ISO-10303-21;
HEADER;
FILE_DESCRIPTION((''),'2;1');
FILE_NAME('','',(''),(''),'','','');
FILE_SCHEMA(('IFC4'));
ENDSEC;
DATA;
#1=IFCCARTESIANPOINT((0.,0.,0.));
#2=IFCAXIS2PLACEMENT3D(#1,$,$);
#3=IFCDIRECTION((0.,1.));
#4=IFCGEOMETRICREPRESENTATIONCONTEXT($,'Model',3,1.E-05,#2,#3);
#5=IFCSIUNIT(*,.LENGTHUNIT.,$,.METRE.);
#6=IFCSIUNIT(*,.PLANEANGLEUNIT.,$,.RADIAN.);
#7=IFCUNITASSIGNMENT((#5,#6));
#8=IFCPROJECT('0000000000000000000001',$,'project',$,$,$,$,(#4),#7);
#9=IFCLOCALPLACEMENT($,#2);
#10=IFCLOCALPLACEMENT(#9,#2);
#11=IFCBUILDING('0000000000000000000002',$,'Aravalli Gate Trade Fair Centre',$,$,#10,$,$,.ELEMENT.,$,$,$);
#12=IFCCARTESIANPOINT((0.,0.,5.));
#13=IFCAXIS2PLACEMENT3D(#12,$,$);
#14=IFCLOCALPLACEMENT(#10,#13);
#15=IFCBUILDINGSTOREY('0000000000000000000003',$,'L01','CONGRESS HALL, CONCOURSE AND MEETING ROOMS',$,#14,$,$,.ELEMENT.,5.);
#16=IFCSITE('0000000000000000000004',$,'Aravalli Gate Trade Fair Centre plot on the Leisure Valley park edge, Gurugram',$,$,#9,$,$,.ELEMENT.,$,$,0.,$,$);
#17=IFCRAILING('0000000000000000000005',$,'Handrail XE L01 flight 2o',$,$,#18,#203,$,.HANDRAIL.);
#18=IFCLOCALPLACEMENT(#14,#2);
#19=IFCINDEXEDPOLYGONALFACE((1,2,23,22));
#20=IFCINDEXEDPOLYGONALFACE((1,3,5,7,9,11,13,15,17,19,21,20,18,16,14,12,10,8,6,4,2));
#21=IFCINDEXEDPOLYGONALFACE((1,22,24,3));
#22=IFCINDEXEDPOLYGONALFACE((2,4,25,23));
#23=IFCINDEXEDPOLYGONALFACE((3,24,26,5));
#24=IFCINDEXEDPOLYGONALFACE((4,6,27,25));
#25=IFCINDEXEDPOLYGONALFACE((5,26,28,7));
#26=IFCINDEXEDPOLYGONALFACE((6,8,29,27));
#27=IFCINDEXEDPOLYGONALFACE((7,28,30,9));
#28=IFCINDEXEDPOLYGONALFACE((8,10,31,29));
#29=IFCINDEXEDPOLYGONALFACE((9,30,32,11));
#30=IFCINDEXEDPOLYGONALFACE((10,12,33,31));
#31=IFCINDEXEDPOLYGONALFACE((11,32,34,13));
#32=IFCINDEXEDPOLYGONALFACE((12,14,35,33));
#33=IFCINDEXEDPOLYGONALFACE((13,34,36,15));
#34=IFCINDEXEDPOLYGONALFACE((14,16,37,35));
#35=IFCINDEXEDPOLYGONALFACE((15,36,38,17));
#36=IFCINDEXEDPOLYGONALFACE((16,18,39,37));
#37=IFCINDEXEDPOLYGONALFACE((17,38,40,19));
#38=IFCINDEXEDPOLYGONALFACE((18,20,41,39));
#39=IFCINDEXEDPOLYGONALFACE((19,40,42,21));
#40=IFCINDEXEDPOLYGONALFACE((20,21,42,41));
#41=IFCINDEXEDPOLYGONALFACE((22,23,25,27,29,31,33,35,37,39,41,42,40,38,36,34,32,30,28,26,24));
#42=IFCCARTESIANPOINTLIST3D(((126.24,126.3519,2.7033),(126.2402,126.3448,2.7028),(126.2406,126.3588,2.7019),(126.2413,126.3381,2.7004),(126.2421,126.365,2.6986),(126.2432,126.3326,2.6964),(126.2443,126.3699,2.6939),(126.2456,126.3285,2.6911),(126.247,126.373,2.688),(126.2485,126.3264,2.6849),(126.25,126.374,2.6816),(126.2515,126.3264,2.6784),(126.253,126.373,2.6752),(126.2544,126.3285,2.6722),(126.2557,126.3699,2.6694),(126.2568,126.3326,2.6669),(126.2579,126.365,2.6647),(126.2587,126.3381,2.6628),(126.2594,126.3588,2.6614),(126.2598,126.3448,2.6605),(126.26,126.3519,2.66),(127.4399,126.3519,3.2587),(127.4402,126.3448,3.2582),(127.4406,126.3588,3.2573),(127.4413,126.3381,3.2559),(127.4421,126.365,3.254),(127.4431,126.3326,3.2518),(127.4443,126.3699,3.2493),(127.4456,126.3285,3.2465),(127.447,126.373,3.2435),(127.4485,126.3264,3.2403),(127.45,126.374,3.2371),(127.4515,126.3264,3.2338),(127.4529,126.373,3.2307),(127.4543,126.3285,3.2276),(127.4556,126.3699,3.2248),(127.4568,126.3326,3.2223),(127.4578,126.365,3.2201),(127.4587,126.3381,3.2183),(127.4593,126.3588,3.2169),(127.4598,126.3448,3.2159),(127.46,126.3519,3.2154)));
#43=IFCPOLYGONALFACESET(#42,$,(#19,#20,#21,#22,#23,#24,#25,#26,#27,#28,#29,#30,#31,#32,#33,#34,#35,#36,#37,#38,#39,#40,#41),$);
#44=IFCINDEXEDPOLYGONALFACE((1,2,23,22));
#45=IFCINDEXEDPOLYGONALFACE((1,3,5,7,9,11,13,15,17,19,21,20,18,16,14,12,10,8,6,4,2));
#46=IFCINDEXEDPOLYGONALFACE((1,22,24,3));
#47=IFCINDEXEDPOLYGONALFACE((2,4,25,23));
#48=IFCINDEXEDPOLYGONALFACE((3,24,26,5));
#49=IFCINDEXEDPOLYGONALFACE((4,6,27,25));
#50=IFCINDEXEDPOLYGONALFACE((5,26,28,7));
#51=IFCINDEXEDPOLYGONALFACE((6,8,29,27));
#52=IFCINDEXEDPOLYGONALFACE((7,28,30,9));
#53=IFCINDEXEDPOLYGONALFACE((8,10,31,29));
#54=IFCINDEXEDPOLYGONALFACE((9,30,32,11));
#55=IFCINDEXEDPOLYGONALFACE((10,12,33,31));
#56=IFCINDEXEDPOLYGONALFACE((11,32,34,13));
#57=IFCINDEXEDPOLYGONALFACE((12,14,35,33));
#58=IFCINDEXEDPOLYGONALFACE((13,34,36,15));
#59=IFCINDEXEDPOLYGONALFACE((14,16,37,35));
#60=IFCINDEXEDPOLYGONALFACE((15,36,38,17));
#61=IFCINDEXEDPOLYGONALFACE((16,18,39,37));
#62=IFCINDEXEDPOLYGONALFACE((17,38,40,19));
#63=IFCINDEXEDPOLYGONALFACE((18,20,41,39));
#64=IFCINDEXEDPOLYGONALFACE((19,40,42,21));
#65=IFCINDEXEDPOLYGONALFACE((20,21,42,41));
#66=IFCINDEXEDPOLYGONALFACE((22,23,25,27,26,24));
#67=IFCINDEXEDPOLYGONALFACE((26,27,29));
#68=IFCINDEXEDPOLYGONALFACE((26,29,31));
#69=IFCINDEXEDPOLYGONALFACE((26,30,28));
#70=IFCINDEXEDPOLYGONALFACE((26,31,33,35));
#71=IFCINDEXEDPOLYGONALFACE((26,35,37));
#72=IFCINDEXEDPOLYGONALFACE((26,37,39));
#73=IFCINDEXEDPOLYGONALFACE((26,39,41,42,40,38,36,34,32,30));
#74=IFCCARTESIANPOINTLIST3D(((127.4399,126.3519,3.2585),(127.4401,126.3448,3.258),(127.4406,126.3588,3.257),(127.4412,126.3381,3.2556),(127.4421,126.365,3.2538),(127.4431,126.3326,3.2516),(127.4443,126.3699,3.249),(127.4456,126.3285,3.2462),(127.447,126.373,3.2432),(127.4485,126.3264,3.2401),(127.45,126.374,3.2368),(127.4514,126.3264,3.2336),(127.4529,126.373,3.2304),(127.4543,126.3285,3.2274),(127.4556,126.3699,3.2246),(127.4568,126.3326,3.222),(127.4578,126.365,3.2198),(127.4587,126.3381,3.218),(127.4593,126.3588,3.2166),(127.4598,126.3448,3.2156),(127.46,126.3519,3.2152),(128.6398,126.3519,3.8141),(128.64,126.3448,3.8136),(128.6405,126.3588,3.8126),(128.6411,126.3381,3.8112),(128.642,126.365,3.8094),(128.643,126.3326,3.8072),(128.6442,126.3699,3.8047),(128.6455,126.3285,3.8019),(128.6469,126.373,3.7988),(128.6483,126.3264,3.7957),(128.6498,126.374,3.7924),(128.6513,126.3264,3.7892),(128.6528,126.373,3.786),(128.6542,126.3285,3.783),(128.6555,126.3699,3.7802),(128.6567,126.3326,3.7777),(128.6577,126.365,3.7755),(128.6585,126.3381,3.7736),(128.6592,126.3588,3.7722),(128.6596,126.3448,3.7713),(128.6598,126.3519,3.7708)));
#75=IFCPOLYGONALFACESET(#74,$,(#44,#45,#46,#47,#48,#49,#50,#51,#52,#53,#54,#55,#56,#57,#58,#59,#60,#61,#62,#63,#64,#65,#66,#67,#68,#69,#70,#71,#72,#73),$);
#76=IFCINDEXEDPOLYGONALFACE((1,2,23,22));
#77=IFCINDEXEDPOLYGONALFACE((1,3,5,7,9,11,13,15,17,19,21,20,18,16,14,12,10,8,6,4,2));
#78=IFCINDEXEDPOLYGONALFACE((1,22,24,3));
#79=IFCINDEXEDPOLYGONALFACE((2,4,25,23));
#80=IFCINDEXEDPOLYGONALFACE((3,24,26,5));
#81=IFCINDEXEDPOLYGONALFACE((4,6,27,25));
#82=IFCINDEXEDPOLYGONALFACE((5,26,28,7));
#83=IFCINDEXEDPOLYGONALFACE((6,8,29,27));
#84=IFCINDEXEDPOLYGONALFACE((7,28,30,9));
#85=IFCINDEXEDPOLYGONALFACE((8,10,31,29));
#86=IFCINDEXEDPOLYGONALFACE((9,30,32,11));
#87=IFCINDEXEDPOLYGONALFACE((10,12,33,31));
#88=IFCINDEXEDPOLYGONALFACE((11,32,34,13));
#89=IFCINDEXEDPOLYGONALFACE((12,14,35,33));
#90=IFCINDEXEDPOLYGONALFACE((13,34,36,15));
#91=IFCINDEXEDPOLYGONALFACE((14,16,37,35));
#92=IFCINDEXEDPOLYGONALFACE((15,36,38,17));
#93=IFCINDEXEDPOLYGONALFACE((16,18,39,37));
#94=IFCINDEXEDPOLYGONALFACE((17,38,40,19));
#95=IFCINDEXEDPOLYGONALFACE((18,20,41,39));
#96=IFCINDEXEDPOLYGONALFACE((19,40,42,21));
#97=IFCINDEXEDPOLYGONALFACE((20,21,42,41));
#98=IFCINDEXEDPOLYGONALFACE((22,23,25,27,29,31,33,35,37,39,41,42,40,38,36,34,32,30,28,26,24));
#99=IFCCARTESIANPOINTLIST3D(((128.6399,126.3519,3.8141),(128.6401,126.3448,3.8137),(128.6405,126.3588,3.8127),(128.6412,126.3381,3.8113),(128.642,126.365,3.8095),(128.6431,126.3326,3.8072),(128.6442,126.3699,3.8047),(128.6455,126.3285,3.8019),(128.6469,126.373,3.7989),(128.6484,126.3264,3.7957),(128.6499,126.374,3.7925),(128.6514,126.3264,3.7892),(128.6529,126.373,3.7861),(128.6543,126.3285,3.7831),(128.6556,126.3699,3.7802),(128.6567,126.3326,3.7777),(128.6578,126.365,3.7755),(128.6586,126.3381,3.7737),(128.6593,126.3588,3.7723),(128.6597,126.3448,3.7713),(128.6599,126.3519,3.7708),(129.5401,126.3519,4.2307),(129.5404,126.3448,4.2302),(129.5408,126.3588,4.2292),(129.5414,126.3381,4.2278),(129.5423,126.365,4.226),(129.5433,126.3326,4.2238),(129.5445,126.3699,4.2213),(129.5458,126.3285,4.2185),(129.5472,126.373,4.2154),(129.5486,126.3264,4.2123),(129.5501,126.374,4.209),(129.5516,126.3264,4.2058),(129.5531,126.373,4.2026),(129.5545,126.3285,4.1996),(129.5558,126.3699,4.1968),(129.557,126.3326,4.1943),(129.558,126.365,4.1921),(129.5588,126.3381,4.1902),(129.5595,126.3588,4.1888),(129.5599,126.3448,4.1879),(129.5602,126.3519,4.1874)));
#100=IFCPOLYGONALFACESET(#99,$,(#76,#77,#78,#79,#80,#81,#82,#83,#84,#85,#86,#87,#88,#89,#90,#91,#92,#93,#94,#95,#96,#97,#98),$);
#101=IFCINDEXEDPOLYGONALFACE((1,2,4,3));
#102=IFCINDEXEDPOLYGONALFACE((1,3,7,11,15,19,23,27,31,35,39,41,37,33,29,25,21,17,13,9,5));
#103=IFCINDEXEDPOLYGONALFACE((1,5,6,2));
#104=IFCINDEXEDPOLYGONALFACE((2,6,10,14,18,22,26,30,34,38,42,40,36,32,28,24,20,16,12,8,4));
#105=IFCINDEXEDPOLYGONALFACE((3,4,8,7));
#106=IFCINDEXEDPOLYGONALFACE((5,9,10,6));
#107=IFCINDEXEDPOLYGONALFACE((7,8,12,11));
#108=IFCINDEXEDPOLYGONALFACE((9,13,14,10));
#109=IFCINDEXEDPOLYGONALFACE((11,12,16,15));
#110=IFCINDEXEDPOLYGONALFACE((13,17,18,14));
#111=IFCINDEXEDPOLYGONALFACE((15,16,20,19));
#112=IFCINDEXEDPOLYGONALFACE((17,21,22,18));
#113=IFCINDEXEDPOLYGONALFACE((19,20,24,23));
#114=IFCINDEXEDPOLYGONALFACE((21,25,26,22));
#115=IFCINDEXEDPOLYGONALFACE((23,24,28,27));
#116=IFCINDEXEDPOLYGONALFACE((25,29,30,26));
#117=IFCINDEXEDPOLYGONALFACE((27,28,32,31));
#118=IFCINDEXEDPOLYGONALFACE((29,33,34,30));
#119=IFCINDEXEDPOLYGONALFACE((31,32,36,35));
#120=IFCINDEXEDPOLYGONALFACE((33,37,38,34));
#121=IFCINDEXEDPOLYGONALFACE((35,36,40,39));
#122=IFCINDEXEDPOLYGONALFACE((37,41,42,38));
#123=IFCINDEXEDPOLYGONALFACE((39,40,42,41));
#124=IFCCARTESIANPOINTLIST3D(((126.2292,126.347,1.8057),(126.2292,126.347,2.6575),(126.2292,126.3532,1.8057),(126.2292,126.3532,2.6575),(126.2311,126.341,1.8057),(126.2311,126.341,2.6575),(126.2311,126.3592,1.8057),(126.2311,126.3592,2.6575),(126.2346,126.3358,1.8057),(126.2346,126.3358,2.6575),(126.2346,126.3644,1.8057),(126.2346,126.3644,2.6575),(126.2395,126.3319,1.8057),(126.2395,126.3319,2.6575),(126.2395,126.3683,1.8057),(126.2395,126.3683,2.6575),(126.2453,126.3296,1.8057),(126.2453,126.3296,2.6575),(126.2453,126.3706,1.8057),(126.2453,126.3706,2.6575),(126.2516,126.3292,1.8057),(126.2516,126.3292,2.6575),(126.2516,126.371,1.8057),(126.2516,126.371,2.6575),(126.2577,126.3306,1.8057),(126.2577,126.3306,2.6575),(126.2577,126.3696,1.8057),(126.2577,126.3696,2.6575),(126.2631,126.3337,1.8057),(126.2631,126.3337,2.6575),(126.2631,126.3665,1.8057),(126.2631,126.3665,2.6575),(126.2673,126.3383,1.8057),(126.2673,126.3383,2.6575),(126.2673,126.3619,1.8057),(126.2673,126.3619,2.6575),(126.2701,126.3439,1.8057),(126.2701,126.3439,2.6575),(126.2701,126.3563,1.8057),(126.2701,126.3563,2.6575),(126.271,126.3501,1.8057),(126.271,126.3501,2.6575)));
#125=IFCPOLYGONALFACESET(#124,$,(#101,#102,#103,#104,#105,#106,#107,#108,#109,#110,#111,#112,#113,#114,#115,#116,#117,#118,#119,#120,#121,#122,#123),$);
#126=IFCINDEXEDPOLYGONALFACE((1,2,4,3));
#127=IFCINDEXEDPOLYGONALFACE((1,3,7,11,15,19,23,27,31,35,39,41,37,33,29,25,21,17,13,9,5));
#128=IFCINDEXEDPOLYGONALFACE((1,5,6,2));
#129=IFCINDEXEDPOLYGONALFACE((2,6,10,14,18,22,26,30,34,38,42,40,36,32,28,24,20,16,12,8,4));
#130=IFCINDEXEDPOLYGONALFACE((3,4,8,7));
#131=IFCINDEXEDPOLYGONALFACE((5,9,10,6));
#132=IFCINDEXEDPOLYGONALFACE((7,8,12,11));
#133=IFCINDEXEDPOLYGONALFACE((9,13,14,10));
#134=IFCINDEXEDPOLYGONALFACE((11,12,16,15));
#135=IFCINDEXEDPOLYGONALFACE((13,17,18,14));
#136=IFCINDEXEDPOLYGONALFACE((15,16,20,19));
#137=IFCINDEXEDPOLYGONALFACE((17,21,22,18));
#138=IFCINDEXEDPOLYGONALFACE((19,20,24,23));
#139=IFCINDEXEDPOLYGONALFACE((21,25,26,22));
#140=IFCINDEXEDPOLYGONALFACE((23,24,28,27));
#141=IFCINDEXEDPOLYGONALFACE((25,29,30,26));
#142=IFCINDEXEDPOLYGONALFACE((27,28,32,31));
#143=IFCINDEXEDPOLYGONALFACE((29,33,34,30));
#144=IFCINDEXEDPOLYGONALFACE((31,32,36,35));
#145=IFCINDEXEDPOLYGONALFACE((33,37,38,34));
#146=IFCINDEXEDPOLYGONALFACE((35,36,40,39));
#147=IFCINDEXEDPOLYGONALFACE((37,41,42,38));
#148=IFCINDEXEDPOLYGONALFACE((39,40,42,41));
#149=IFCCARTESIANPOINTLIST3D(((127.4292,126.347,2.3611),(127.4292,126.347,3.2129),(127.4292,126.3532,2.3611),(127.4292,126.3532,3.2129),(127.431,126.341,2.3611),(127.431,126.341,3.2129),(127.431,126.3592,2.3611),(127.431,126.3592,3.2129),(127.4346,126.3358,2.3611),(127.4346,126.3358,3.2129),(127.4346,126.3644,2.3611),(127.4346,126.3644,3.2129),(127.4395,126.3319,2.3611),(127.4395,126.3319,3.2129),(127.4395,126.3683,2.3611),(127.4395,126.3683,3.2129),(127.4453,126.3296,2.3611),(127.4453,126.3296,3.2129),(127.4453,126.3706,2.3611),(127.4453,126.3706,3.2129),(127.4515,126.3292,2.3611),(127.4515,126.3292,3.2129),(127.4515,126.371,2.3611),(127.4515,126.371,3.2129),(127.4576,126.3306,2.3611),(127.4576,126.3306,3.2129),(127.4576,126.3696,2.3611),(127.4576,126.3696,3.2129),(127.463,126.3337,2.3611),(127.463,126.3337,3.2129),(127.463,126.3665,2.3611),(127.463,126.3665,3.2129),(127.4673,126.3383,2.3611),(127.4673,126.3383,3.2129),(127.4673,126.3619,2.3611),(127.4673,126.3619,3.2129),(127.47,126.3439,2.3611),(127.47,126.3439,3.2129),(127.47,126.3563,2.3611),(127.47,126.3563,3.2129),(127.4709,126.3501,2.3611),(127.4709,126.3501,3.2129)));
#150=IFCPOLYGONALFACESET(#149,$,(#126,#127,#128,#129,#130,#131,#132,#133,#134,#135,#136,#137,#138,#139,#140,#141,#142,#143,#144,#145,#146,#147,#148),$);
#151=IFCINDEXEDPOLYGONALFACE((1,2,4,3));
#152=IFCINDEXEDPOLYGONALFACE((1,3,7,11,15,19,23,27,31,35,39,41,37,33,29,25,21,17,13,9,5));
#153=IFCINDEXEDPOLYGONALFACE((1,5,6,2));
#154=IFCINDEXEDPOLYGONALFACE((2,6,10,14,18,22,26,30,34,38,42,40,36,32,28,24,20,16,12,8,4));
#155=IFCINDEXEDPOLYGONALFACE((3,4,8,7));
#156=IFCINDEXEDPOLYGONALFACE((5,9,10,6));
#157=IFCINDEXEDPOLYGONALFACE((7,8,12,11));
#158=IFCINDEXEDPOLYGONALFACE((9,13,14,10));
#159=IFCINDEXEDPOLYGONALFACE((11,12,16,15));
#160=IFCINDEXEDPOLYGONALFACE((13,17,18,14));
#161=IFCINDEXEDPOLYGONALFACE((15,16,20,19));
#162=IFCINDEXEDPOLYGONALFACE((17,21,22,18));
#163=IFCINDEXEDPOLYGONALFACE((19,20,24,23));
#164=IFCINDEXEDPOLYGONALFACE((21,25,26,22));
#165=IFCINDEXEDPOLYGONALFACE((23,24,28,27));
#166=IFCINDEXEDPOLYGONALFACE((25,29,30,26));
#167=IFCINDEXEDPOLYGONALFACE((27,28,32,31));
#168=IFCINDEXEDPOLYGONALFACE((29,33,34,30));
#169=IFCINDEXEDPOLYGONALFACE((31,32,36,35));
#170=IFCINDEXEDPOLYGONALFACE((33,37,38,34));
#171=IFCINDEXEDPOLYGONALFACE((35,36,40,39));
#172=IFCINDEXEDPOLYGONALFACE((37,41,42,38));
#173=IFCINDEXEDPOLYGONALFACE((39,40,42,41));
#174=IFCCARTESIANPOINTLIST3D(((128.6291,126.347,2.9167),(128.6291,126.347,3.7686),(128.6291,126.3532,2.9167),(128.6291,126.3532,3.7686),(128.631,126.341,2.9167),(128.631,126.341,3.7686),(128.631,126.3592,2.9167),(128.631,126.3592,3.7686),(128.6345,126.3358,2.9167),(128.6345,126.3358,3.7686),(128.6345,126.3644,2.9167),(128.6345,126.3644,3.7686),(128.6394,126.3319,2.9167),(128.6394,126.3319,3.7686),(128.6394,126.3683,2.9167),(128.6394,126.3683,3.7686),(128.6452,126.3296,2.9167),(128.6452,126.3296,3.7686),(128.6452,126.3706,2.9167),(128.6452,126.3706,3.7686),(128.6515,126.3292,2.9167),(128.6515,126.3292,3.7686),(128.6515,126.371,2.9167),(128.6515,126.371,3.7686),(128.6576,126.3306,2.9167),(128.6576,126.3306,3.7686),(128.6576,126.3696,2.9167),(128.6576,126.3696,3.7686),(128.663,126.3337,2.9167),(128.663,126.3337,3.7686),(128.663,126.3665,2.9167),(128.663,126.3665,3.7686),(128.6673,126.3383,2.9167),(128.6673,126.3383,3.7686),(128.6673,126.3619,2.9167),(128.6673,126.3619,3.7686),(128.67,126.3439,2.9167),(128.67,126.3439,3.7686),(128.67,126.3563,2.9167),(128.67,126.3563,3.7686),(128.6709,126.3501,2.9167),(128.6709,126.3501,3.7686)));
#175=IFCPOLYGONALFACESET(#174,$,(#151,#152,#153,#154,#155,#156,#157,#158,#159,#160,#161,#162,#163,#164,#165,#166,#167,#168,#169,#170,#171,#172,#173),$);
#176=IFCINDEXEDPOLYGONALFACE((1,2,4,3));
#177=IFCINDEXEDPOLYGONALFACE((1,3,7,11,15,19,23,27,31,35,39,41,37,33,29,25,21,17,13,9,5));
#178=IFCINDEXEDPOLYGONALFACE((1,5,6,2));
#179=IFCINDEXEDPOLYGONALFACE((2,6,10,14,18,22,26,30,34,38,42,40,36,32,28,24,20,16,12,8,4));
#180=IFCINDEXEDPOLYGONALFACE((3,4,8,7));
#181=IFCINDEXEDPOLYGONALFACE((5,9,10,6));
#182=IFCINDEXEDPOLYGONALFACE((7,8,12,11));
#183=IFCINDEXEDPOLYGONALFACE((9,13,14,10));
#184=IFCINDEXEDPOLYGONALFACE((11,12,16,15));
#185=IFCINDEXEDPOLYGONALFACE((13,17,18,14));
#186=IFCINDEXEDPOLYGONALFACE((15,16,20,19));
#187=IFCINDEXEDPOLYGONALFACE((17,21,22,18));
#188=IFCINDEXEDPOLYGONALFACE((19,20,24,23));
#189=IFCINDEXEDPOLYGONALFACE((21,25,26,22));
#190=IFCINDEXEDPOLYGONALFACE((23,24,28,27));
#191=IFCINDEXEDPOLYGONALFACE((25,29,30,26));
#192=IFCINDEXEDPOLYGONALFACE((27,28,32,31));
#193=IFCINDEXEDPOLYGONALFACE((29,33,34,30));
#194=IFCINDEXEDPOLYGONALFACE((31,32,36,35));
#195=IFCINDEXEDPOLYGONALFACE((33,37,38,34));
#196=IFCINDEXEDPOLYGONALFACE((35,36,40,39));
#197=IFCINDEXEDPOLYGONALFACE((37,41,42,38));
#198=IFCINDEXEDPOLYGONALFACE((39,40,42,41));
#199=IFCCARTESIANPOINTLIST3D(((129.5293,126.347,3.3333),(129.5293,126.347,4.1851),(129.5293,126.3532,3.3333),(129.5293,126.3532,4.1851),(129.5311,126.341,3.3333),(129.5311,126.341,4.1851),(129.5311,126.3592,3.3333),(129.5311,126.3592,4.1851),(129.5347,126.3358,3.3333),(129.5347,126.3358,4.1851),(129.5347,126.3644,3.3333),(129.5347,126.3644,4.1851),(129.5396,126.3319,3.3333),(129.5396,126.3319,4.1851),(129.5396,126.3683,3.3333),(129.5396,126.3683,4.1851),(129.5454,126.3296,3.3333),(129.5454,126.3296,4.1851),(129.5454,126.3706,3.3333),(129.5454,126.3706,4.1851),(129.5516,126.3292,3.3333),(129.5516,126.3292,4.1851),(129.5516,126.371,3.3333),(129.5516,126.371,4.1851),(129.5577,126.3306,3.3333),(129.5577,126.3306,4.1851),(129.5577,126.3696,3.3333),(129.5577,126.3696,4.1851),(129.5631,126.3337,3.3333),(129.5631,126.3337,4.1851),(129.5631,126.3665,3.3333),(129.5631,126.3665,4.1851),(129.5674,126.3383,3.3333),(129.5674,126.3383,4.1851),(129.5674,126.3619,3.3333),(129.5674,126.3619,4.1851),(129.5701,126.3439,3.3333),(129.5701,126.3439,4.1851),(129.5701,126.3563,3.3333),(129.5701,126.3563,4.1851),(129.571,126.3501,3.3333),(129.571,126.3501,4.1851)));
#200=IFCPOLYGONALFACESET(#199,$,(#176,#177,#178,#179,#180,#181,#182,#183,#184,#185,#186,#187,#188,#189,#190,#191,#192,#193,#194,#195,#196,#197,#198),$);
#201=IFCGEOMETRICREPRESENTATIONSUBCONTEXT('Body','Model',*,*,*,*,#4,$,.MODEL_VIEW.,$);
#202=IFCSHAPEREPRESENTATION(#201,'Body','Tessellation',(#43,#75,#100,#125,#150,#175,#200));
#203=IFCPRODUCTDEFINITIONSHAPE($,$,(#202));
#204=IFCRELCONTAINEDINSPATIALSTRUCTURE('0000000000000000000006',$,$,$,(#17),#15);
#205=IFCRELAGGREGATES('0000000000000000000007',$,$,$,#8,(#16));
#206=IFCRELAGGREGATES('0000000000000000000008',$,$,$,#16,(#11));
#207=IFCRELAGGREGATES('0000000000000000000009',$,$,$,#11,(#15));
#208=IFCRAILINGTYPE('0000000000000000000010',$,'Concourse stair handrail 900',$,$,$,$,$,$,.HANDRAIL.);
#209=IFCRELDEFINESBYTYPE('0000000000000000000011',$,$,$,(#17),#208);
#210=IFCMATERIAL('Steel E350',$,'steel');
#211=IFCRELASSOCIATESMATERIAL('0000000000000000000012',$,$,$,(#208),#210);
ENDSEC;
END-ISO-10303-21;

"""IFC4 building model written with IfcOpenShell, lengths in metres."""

from ifc_helpers import new_model, si_unit, direction, frame, origin, origin_2d, place, context, subcontext, project, spatial, circle, extrude, material, type_object, element, save


model = new_model("IFC4")

# Units and contexts
model_context = context("Model", 3, precision=1e-05, world=origin(), true_north=direction((0.0, 1.0)))
body_context = subcontext(model_context, "Body", "Model", "MODEL_VIEW")
ifc_project = project(units=[si_unit("LENGTHUNIT", "METRE"), si_unit("PLANEANGLEUNIT", "RADIAN")], contexts=[model_context])

# Site, building, storey
site_placement = place(None, origin())
site = spatial("IfcSite", under=ifc_project, at=site_placement, Name="Aravalli Gate Trade Fair Centre plot on the Leisure Valley park edge, Gurugram", CompositionType="ELEMENT", RefElevation=0.0)
building_placement = place(site_placement, origin())
building = spatial("IfcBuilding", under=site, at=building_placement, Name="Aravalli Gate Trade Fair Centre", CompositionType="ELEMENT")
storey_placement = place(building_placement, frame((0.0, 0.0, 5.0)))
storey = spatial("IfcBuildingStorey", under=building, at=storey_placement, Name="L01", Description="CONGRESS HALL, CONCOURSE AND MEETING ROOMS", CompositionType="ELEMENT", Elevation=5.0)

# Shared definitions
ifc_material_1 = material(Name="Steel E350", Category="steel")

# Railing
railing_type = type_object("IfcRailingType", Name="Concourse stair handrail 900", PredefinedType="HANDRAIL", material=ifc_material_1)
for number, where, name in (
    (1, (126.25, 126.3501, 1.8057), "Handrail XE L01 flight 2o"),
):
    element("IfcRailing", number, at=place(storey_placement, frame(where)), inside=storey, type_object=railing_type, Name=name, PredefinedType="HANDRAIL", context=body_context, shape_type="SweptSolid", body=[
        extrude(circle(Radius=0.0239, at=origin_2d()), frame((0.0, 0.0, 0.876), z_axis=(0.907499, 0.0, 0.420053), x_axis=(0.0, 1.0, 0.0)), (0.0, 0.0, 1.0), 1.3223),
        extrude(circle(Radius=0.0239, at=origin_2d()), frame((1.2, 0.0, 1.4312), z_axis=(0.907429, 0.0, 0.420205), x_axis=(0.0, 1.0, 0.0)), (0.0, 0.0, 1.0), 1.3223),
        extrude(circle(Radius=0.0239, at=origin_2d()), frame((2.3999, 0.0, 1.9868), z_axis=(0.907556, 0.0, 0.419932), x_axis=(0.0, 1.0, 0.0)), (0.0, 0.0, 1.0), 0.9919),
        extrude(circle(Radius=0.021, at=origin_2d()), origin(), (0.0, 0.0, 1.0), 0.8518),
        extrude(circle(Radius=0.021, at=origin_2d()), frame((1.2, 0.0, 0.5554)), (0.0, 0.0, 1.0), 0.8518),
        extrude(circle(Radius=0.021, at=origin_2d()), frame((2.3999, 0.0, 1.1111)), (0.0, 0.0, 1.0), 0.8518),
        extrude(circle(Radius=0.021, at=origin_2d()), frame((3.3, 0.0, 1.5276)), (0.0, 0.0, 1.0), 0.8518),
    ])

save(model, "model.ifc")
